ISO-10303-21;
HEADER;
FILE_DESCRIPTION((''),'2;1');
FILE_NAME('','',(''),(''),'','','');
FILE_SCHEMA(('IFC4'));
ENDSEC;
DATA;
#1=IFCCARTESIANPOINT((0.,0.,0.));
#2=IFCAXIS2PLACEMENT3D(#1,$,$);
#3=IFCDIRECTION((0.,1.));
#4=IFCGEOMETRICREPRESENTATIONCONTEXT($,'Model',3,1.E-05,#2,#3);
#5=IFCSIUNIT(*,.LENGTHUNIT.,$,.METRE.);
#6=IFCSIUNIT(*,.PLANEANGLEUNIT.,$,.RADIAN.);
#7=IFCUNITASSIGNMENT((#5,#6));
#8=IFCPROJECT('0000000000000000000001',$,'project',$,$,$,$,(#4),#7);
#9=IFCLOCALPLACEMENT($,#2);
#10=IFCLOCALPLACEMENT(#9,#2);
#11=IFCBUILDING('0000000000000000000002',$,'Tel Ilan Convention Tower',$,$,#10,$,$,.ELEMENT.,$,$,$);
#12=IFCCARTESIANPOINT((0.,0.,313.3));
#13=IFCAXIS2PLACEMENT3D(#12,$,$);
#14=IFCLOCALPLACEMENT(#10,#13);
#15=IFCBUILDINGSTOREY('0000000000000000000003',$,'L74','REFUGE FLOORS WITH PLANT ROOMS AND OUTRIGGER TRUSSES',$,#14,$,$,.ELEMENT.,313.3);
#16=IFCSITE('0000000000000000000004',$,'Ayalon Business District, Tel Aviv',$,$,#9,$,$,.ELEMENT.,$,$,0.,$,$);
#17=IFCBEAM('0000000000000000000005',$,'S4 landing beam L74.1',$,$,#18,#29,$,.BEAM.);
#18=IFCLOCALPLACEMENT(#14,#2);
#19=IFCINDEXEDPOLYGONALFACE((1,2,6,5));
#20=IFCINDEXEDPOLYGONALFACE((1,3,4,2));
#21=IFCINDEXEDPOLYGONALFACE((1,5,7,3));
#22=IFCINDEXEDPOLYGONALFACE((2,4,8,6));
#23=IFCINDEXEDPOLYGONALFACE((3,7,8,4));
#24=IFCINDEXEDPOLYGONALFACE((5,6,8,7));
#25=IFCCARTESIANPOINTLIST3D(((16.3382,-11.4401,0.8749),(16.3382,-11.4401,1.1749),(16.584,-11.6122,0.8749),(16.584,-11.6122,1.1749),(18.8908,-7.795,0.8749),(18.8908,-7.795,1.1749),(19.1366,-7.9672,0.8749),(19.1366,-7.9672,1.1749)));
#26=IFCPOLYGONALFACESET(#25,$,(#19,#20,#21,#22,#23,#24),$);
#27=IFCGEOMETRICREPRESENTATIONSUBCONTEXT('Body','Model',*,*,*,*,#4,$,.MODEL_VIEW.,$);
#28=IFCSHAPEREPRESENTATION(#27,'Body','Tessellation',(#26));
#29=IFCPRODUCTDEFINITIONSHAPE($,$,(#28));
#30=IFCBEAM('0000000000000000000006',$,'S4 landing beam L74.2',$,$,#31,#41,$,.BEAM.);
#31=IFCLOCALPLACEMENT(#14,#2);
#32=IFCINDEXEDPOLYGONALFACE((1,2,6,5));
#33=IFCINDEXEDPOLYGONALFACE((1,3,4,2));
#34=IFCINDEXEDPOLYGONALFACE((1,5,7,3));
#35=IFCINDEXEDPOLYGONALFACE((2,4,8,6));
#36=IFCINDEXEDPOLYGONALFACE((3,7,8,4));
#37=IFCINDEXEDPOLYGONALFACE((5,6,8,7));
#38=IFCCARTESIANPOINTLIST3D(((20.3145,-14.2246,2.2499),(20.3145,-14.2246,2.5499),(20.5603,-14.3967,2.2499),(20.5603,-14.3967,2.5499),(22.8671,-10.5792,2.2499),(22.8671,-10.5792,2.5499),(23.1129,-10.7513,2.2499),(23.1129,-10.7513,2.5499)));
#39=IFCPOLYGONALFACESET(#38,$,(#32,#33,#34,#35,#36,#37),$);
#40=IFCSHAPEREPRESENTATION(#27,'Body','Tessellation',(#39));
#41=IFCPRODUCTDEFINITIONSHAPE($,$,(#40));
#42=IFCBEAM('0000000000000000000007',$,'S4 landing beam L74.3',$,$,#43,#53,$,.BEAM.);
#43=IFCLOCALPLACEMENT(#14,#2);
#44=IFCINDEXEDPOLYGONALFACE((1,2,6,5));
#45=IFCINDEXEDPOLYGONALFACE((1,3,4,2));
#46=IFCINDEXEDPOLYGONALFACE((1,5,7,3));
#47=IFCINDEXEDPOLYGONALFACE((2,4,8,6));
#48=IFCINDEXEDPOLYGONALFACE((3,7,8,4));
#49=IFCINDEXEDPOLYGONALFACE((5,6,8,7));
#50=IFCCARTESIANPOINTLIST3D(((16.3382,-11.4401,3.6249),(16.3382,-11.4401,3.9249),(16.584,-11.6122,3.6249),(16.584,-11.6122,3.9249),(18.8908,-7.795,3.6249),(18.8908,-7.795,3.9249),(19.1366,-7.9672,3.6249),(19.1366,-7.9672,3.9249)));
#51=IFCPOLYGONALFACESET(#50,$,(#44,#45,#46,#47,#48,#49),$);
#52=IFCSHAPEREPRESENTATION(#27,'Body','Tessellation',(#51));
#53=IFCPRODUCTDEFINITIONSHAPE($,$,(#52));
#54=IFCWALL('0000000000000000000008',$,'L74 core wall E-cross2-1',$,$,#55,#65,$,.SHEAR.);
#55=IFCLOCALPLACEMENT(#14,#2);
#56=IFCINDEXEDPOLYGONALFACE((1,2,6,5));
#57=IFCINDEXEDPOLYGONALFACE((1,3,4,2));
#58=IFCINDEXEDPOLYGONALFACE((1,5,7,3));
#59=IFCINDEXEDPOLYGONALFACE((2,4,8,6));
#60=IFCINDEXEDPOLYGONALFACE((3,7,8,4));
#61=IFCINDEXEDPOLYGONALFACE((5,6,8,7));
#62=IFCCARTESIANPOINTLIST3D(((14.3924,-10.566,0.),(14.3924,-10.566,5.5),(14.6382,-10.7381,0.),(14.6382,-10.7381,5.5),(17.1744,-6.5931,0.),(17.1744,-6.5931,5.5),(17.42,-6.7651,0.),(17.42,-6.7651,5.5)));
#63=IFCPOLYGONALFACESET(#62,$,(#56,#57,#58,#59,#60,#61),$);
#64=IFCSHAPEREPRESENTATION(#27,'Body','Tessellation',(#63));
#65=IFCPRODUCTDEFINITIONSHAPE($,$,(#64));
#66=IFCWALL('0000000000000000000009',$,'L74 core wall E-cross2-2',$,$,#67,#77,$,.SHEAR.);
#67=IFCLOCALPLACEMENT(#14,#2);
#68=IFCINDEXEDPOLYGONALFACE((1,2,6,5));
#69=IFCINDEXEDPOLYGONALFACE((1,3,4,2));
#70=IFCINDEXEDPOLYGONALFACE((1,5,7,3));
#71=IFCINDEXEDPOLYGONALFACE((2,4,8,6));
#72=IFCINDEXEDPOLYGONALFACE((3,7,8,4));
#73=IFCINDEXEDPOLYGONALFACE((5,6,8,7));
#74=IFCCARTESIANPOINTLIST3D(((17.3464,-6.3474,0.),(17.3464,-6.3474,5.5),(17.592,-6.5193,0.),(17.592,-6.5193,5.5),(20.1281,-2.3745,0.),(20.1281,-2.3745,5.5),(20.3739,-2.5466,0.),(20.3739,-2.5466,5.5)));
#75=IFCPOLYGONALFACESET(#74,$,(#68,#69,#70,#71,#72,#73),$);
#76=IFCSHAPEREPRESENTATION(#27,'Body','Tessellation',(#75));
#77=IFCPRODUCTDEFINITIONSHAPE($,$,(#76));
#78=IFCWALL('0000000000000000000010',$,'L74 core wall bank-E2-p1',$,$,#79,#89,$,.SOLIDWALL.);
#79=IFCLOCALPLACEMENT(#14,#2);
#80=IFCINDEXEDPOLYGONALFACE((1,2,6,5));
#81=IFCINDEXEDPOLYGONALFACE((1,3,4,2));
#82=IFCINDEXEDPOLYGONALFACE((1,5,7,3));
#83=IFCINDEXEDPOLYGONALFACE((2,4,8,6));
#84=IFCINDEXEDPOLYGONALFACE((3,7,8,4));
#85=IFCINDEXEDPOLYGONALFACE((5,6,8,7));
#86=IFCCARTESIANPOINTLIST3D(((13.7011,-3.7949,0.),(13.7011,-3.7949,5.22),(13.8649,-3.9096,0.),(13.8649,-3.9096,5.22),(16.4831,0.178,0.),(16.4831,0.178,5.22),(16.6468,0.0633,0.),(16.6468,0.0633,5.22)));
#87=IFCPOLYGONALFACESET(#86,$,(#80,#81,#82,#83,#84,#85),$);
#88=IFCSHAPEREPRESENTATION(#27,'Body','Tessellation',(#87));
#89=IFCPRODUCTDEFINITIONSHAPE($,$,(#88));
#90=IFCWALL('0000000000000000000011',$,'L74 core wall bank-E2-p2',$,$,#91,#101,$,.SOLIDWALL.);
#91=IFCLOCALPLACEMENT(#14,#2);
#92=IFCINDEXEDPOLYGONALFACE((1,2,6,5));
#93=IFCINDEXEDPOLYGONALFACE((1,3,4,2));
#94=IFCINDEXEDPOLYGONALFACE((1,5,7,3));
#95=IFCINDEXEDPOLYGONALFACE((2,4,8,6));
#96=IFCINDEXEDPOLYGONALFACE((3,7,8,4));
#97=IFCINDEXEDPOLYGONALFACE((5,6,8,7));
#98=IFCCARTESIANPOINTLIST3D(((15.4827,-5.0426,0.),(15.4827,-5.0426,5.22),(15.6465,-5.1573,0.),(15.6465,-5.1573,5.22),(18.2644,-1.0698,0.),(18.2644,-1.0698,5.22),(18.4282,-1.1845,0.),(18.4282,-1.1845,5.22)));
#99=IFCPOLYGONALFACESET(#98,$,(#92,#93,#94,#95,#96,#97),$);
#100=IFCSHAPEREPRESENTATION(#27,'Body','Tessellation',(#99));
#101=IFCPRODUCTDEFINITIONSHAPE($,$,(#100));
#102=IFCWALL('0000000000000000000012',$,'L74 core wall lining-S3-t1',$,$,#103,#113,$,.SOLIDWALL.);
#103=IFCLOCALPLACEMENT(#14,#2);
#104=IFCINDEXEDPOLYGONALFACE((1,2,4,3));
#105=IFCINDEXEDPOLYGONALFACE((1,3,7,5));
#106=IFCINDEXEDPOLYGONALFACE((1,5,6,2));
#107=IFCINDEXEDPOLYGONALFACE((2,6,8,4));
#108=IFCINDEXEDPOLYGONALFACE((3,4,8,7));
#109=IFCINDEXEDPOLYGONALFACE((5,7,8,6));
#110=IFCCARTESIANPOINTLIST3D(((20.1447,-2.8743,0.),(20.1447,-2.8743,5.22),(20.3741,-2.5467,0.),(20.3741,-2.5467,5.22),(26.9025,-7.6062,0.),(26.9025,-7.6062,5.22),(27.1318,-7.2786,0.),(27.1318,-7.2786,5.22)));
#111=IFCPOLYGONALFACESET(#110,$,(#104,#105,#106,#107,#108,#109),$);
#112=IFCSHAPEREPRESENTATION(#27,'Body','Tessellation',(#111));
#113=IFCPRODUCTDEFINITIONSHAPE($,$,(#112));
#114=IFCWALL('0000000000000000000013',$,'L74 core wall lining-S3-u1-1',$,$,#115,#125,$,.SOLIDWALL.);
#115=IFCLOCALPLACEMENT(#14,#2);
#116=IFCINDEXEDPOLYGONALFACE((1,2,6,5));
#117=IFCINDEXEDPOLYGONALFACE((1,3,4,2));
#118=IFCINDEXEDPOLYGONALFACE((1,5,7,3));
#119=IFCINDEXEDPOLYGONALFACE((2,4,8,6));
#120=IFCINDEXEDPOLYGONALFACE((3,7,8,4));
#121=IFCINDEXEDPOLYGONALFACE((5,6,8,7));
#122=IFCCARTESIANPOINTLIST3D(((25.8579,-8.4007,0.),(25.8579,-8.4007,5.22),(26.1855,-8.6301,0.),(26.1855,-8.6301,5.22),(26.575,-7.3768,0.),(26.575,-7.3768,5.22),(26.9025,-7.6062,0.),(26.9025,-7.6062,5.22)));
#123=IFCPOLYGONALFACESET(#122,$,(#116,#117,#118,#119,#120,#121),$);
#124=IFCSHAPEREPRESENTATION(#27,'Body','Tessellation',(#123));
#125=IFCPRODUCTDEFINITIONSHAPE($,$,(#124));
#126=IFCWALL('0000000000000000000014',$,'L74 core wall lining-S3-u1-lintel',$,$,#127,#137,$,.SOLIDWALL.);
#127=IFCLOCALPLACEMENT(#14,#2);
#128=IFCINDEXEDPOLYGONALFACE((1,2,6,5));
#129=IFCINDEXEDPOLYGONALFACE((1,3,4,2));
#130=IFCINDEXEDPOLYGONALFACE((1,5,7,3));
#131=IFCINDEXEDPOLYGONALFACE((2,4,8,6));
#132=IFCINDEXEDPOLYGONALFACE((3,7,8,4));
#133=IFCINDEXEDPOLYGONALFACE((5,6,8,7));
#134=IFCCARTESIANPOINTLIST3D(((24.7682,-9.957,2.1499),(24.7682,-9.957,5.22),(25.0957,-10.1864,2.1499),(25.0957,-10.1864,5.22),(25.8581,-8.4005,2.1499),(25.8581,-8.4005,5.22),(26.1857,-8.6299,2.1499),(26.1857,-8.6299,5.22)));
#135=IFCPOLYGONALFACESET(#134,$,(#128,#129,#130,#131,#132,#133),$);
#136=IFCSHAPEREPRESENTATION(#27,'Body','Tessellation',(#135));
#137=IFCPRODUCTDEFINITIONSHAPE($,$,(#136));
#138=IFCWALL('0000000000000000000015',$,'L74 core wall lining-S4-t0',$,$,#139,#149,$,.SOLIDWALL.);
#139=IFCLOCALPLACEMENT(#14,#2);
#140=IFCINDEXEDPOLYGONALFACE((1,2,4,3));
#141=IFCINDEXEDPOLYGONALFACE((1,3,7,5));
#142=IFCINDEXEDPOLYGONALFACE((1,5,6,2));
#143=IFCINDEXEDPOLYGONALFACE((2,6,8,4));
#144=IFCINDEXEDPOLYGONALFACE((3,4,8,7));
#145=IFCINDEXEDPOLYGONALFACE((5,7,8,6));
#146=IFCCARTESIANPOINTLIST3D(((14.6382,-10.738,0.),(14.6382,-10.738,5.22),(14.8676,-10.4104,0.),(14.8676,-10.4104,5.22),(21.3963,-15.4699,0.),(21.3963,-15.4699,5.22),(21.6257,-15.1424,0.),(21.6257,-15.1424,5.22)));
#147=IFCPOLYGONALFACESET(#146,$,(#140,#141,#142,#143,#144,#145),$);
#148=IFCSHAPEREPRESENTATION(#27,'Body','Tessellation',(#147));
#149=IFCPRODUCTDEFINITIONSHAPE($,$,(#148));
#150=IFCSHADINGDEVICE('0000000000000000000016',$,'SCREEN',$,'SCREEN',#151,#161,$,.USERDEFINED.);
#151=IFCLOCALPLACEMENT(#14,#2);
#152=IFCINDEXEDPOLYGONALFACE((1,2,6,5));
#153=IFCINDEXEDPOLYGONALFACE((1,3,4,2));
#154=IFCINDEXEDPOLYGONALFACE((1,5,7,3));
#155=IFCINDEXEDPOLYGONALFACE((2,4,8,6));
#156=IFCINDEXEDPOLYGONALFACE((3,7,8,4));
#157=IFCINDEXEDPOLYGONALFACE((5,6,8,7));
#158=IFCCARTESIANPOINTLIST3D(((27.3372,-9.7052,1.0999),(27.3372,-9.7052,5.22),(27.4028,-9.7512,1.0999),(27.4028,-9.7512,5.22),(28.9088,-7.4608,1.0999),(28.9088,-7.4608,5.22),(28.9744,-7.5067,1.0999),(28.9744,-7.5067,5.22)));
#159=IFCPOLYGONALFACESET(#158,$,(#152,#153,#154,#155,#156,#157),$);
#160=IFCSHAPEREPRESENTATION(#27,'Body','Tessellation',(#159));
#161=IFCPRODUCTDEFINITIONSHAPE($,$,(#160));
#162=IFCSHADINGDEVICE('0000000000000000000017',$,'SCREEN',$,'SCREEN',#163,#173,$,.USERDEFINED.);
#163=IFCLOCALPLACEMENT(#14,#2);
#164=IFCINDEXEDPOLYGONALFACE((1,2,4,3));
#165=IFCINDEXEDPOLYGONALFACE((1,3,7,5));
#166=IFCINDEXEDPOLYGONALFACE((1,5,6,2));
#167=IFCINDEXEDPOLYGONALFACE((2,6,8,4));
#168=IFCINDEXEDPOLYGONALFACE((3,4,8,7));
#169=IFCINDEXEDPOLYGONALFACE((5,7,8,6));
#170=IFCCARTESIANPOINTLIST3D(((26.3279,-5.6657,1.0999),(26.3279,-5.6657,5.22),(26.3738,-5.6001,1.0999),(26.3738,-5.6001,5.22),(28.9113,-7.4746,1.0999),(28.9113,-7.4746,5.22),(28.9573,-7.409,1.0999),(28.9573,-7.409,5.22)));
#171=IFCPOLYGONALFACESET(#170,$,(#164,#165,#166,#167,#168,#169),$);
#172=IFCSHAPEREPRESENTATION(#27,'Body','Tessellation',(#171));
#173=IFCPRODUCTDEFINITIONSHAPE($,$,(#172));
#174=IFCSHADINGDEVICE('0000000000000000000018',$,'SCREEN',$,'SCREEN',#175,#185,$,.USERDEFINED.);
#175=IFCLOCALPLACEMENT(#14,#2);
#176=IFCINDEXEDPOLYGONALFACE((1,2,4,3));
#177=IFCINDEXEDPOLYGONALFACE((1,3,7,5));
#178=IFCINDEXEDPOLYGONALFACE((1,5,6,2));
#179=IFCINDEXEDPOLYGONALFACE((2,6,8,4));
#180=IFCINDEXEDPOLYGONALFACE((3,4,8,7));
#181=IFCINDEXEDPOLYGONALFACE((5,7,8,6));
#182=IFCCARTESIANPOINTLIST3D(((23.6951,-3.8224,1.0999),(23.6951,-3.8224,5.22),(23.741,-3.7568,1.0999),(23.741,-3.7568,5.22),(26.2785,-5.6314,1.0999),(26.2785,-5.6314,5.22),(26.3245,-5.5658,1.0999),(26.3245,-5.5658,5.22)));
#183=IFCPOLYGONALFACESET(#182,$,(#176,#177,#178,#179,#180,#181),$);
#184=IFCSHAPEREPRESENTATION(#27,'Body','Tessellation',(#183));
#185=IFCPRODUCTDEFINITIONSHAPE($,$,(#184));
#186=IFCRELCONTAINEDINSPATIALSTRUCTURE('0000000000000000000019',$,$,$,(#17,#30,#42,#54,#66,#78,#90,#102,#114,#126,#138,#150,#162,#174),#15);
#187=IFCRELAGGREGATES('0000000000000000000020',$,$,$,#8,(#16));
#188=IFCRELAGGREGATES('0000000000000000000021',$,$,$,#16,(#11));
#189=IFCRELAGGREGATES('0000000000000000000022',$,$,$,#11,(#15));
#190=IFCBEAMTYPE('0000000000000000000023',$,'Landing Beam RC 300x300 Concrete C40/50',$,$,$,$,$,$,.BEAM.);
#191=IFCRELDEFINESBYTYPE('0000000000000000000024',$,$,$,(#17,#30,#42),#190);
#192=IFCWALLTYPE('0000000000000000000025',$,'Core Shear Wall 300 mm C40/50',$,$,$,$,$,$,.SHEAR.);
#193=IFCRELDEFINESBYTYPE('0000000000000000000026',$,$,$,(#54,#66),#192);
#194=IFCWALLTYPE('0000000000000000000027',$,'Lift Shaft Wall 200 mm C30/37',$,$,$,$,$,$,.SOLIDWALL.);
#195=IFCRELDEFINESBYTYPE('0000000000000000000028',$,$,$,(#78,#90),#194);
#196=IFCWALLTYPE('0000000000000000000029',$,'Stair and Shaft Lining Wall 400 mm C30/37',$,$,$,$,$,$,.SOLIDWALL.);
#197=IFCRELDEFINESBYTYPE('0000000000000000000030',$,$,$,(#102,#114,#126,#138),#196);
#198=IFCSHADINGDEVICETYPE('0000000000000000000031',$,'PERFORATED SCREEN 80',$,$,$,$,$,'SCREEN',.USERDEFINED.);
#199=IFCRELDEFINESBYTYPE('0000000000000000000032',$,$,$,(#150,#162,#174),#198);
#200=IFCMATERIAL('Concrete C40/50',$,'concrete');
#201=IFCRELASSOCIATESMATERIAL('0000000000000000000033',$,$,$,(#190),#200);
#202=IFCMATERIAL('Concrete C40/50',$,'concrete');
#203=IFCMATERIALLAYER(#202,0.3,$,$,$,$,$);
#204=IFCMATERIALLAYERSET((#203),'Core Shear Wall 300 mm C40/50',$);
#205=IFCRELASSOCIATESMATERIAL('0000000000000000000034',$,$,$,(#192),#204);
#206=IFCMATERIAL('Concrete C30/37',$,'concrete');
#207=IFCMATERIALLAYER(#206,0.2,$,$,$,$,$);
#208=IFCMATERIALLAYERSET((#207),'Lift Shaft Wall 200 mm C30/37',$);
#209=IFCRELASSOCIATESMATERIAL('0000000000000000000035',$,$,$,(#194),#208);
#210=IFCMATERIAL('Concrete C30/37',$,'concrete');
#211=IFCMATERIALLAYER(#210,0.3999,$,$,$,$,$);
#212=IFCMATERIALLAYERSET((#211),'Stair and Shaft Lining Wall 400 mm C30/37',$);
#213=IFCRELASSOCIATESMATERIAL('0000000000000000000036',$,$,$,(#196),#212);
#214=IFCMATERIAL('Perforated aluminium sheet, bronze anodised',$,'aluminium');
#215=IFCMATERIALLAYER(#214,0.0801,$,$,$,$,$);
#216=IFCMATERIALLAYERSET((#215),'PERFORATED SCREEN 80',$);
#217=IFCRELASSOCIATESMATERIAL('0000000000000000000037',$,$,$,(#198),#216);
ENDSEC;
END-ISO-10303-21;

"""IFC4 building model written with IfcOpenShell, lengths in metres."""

from ifc_helpers import new_model, si_unit, direction, frame, frame_2d, origin, origin_2d, place, context, subcontext, project, spatial, polyline, rectangle, outline, extrude, material, layer, layer_set, material_profile, profile_set, type_object, element, save


model = new_model("IFC4")

# Units and contexts
model_context = context("Model", 3, precision=1e-05, world=origin(), true_north=direction((0.0, 1.0)))
body_context = subcontext(model_context, "Body", "Model", "MODEL_VIEW")
ifc_project = project(units=[si_unit("LENGTHUNIT", "METRE"), si_unit("PLANEANGLEUNIT", "RADIAN")], contexts=[model_context])

# Site, building, storey
site_placement = place(None, origin())
site = spatial("IfcSite", under=ifc_project, at=site_placement, Name="Ayalon Business District, Tel Aviv", CompositionType="ELEMENT", RefElevation=0.0)
building_placement = place(site_placement, origin())
building = spatial("IfcBuilding", under=site, at=building_placement, Name="Tel Ilan Convention Tower", CompositionType="ELEMENT")
storey_placement = place(building_placement, frame((0.0, 0.0, 313.3)))
storey = spatial("IfcBuildingStorey", under=building, at=storey_placement, Name="L74", Description="REFUGE FLOORS WITH PLANT ROOMS AND OUTRIGGER TRUSSES", CompositionType="ELEMENT", Elevation=313.3)

# Beams
ifc_material_1 = material(Name="Concrete C40/50", Category="concrete")
ifc_material_profile = material_profile(ifc_material_1, rectangle(XDim=0.3, YDim=0.3, at=origin_2d()), Name="RC 300x300")
ifc_profile_set = profile_set([ifc_material_profile], Name="Concrete C40/50")
beam_type = type_object("IfcBeamType", Name="Landing Beam RC 300x300 Concrete C40/50", PredefinedType="BEAM", material=ifc_profile_set)
beam_1_placement = place(storey_placement, frame((19.0137, -7.8811, 1.0249), z_axis=(-0.57361, -0.819129, 0.0), x_axis=(0.819129, -0.57361, 0.0)))
element("IfcBeam", 1, at=beam_1_placement, inside=storey, type_object=beam_type, Name="S4 landing beam L74.1", PredefinedType="BEAM", context=body_context, shape_type="SweptSolid", body=[
    extrude(rectangle(XDim=0.3, YDim=0.3, at=origin_2d()), origin(), (0.0, 0.0, 1.0), 4.45),
])
beam_2_placement = place(storey_placement, frame((22.99, -10.6653, 2.3999), z_axis=(-0.573584, -0.819147, 0.0), x_axis=(0.819147, -0.573584, 0.0)))
element("IfcBeam", 2, at=beam_2_placement, inside=storey, type_object=beam_type, Name="S4 landing beam L74.2", PredefinedType="BEAM", context=body_context, shape_type="SweptSolid", body=[
    extrude(rectangle(XDim=0.3, YDim=0.3, at=origin_2d()), origin(), (0.0, 0.0, 1.0), 4.4502),
])
beam_3_placement = place(storey_placement, frame((19.0137, -7.8811, 3.7749), z_axis=(-0.57361, -0.819129, 0.0), x_axis=(0.819129, -0.57361, 0.0)))
element("IfcBeam", 3, at=beam_3_placement, inside=storey, type_object=beam_type, Name="S4 landing beam L74.3", PredefinedType="BEAM", context=body_context, shape_type="SweptSolid", body=[
    extrude(rectangle(XDim=0.3, YDim=0.3, at=origin_2d()), origin(), (0.0, 0.0, 1.0), 4.45),
])

# Walls
ifc_material_2 = material(Name="Concrete C40/50", Category="concrete")
ifc_layer_1 = layer(ifc_material_2, 0.3)
ifc_layer_set_1 = layer_set([ifc_layer_1], Name="Core Shear Wall 300 mm C40/50")
wall_type_1 = type_object("IfcWallType", Name="Core Shear Wall 300 mm C40/50", PredefinedType="SHEAR", material=ifc_layer_set_1)
wall_1_placement = place(storey_placement, frame((14.5154, -10.6521, 0.0), z_axis=(0.0, 0.0, 1.0), x_axis=(0.57356, 0.819163, 0.0)))
element("IfcWall", 4, at=wall_1_placement, inside=storey, type_object=wall_type_1, Name="L74 core wall E-cross2-1", PredefinedType="SHEAR", context=body_context, shape_type="SweptSolid", body=[
    extrude(outline(polyline([(0.0, 0.1501), (0.0, -0.1499), (4.8501, -0.1499), (4.8501, 0.1499), (0.0, 0.1501)])), origin(), (0.0, 0.0, 1.0), 5.5),
])
wall_2_placement = place(storey_placement, frame((17.4692, -6.4333, 0.0), z_axis=(0.0, 0.0, 1.0), x_axis=(0.573594, 0.81914, 0.0)))
element("IfcWall", 5, at=wall_2_placement, inside=storey, type_object=wall_type_1, Name="L74 core wall E-cross2-2", PredefinedType="SHEAR", context=body_context, shape_type="SweptSolid", body=[
    extrude(outline(polyline([(4.8499, -0.1499), (4.8499, 0.1501), (0.0, 0.1499), (0.0, -0.1499), (4.8499, -0.1499)])), origin(), (0.0, 0.0, 1.0), 5.5),
])
ifc_material_3 = material(Name="Concrete C30/37", Category="concrete")
ifc_layer_2 = layer(ifc_material_3, 0.2)
ifc_layer_set_2 = layer_set([ifc_layer_2], Name="Lift Shaft Wall 200 mm C30/37")
wall_type_2 = type_object("IfcWallType", Name="Lift Shaft Wall 200 mm C30/37", PredefinedType="SOLIDWALL", material=ifc_layer_set_2)
wall_3_placement = place(storey_placement, frame((13.783, -3.8523, 0.0), z_axis=(0.0, 0.0, 1.0), x_axis=(0.573594, 0.81914, 0.0)))
element("IfcWall", 6, at=wall_3_placement, inside=storey, type_object=wall_type_2, Name="L74 core wall bank-E2-p1", PredefinedType="SOLIDWALL", context=body_context, shape_type="SweptSolid", body=[
    extrude(rectangle(XDim=4.8501, YDim=0.2, at=frame_2d((2.425, 0.0))), origin(), (0.0, 0.0, 1.0), 5.22),
])
wall_4_placement = place(storey_placement, frame((15.5647, -5.0999, 0.0), z_axis=(0.0, 0.0, 1.0), x_axis=(0.57356, 0.819163, 0.0)))
element("IfcWall", 7, at=wall_4_placement, inside=storey, type_object=wall_type_2, Name="L74 core wall bank-E2-p2", PredefinedType="SOLIDWALL", context=body_context, shape_type="SweptSolid", body=[
    extrude(rectangle(XDim=4.8499, YDim=0.2, at=frame_2d((2.4248, 0.0))), origin(), (0.0, 0.0, 1.0), 5.22),
])
ifc_material_4 = material(Name="Concrete C30/37", Category="concrete")
ifc_layer_3 = layer(ifc_material_4, 0.3999)
ifc_layer_set_3 = layer_set([ifc_layer_3], Name="Stair and Shaft Lining Wall 400 mm C30/37")
wall_type_3 = type_object("IfcWallType", Name="Stair and Shaft Lining Wall 400 mm C30/37", PredefinedType="SOLIDWALL", material=ifc_layer_set_3)
wall_5_placement = place(storey_placement, frame((20.2593, -2.7104, 0.0), z_axis=(0.0, 0.0, 1.0), x_axis=(0.819148, -0.573582, 0.0)))
element("IfcWall", 8, at=wall_5_placement, inside=storey, type_object=wall_type_3, Name="L74 core wall lining-S3-t1", PredefinedType="SOLIDWALL", context=body_context, shape_type="SweptSolid", body=[
    extrude(rectangle(XDim=8.2498, YDim=0.3999, at=frame_2d((4.125, 0.0))), origin(), (0.0, 0.0, 1.0), 5.22),
])
wall_6_placement = place(storey_placement, frame((26.0217, -8.5154, 0.0), z_axis=(0.0, 0.0, 1.0), x_axis=(0.57362, 0.819122, 0.0)))
element("IfcWall", 9, at=wall_6_placement, inside=storey, type_object=wall_type_3, Name="L74 core wall lining-S3-u1-1", PredefinedType="SOLIDWALL", context=body_context, shape_type="SweptSolid", body=[
    extrude(rectangle(XDim=1.25, YDim=0.3999, at=frame_2d((0.625, 0.0))), origin(), (0.0, 0.0, 1.0), 5.22),
])
wall_7_placement = place(storey_placement, frame((24.9319, -10.0718, 2.1499), z_axis=(0.0, 0.0, 1.0), x_axis=(0.573592, 0.819141, 0.0)))
element("IfcWall", 10, at=wall_7_placement, inside=storey, type_object=wall_type_3, Name="L74 core wall lining-S3-u1-lintel", PredefinedType="SOLIDWALL", context=body_context, shape_type="SweptSolid", body=[
    extrude(rectangle(XDim=1.9001, YDim=0.3999, at=frame_2d((0.9502, 0.0))), origin(), (0.0, 0.0, 1.0), 3.0701),
])
wall_8_placement = place(storey_placement, frame((14.7529, -10.5742, 0.0), z_axis=(0.0, 0.0, 1.0), x_axis=(0.819158, -0.573568, 0.0)))
element("IfcWall", 11, at=wall_8_placement, inside=storey, type_object=wall_type_3, Name="L74 core wall lining-S4-t0", PredefinedType="SOLIDWALL", context=body_context, shape_type="SweptSolid", body=[
    extrude(rectangle(XDim=8.25, YDim=0.3999, at=frame_2d((4.125, 0.0))), origin(), (0.0, 0.0, 1.0), 5.22),
])

# Shading devices
ifc_material_5 = material(Name="Perforated aluminium sheet, bronze anodised", Category="aluminium")
ifc_layer_4 = layer(ifc_material_5, 0.0801)
ifc_layer_set_4 = layer_set([ifc_layer_4], Name="PERFORATED SCREEN 80")
shading_device_type_1 = type_object("IfcShadingDeviceType", Name="PERFORATED SCREEN 80", ElementType="SCREEN", PredefinedType="USERDEFINED", material=ifc_layer_set_4)
shading_device_1_placement = place(storey_placement, frame((28.1558, -8.606, 1.0999), z_axis=(0.0, 0.0, 1.0), x_axis=(0.573576, 0.819152, 0.0)))
element("IfcShadingDevice", 12, at=shading_device_1_placement, inside=storey, type_object=shading_device_type_1, Name="SCREEN", ObjectType="SCREEN", PredefinedType="USERDEFINED", context=body_context, shape_type="SweptSolid", body=[
    extrude(rectangle(XDim=2.74, YDim=0.0801, at=origin_2d()), origin(), (0.0, 0.0, 1.0), 4.1201),
])
for number, where, z_axis, x_axis, name in (
    (13, (27.6426, -6.5374, 1.0999), (0.0, 0.0, 1.0), (-0.819152, 0.573576, 0.0), "SCREEN"),
    (14, (25.0098, -4.6941, 1.0999), (0.0, 0.0, 1.0), (-0.819152, 0.573576, 0.0), "SCREEN"),
):
    element("IfcShadingDevice", number, at=place(storey_placement, frame(where, z_axis=z_axis, x_axis=x_axis)), inside=storey, type_object=shading_device_type_1, Name=name, ObjectType="SCREEN", PredefinedType="USERDEFINED", context=body_context, shape_type="SweptSolid", body=[
        extrude(rectangle(XDim=3.1538, YDim=0.0801, at=origin_2d()), origin(), (0.0, 0.0, 1.0), 4.1201),
    ])

save(model, "model.ifc")
